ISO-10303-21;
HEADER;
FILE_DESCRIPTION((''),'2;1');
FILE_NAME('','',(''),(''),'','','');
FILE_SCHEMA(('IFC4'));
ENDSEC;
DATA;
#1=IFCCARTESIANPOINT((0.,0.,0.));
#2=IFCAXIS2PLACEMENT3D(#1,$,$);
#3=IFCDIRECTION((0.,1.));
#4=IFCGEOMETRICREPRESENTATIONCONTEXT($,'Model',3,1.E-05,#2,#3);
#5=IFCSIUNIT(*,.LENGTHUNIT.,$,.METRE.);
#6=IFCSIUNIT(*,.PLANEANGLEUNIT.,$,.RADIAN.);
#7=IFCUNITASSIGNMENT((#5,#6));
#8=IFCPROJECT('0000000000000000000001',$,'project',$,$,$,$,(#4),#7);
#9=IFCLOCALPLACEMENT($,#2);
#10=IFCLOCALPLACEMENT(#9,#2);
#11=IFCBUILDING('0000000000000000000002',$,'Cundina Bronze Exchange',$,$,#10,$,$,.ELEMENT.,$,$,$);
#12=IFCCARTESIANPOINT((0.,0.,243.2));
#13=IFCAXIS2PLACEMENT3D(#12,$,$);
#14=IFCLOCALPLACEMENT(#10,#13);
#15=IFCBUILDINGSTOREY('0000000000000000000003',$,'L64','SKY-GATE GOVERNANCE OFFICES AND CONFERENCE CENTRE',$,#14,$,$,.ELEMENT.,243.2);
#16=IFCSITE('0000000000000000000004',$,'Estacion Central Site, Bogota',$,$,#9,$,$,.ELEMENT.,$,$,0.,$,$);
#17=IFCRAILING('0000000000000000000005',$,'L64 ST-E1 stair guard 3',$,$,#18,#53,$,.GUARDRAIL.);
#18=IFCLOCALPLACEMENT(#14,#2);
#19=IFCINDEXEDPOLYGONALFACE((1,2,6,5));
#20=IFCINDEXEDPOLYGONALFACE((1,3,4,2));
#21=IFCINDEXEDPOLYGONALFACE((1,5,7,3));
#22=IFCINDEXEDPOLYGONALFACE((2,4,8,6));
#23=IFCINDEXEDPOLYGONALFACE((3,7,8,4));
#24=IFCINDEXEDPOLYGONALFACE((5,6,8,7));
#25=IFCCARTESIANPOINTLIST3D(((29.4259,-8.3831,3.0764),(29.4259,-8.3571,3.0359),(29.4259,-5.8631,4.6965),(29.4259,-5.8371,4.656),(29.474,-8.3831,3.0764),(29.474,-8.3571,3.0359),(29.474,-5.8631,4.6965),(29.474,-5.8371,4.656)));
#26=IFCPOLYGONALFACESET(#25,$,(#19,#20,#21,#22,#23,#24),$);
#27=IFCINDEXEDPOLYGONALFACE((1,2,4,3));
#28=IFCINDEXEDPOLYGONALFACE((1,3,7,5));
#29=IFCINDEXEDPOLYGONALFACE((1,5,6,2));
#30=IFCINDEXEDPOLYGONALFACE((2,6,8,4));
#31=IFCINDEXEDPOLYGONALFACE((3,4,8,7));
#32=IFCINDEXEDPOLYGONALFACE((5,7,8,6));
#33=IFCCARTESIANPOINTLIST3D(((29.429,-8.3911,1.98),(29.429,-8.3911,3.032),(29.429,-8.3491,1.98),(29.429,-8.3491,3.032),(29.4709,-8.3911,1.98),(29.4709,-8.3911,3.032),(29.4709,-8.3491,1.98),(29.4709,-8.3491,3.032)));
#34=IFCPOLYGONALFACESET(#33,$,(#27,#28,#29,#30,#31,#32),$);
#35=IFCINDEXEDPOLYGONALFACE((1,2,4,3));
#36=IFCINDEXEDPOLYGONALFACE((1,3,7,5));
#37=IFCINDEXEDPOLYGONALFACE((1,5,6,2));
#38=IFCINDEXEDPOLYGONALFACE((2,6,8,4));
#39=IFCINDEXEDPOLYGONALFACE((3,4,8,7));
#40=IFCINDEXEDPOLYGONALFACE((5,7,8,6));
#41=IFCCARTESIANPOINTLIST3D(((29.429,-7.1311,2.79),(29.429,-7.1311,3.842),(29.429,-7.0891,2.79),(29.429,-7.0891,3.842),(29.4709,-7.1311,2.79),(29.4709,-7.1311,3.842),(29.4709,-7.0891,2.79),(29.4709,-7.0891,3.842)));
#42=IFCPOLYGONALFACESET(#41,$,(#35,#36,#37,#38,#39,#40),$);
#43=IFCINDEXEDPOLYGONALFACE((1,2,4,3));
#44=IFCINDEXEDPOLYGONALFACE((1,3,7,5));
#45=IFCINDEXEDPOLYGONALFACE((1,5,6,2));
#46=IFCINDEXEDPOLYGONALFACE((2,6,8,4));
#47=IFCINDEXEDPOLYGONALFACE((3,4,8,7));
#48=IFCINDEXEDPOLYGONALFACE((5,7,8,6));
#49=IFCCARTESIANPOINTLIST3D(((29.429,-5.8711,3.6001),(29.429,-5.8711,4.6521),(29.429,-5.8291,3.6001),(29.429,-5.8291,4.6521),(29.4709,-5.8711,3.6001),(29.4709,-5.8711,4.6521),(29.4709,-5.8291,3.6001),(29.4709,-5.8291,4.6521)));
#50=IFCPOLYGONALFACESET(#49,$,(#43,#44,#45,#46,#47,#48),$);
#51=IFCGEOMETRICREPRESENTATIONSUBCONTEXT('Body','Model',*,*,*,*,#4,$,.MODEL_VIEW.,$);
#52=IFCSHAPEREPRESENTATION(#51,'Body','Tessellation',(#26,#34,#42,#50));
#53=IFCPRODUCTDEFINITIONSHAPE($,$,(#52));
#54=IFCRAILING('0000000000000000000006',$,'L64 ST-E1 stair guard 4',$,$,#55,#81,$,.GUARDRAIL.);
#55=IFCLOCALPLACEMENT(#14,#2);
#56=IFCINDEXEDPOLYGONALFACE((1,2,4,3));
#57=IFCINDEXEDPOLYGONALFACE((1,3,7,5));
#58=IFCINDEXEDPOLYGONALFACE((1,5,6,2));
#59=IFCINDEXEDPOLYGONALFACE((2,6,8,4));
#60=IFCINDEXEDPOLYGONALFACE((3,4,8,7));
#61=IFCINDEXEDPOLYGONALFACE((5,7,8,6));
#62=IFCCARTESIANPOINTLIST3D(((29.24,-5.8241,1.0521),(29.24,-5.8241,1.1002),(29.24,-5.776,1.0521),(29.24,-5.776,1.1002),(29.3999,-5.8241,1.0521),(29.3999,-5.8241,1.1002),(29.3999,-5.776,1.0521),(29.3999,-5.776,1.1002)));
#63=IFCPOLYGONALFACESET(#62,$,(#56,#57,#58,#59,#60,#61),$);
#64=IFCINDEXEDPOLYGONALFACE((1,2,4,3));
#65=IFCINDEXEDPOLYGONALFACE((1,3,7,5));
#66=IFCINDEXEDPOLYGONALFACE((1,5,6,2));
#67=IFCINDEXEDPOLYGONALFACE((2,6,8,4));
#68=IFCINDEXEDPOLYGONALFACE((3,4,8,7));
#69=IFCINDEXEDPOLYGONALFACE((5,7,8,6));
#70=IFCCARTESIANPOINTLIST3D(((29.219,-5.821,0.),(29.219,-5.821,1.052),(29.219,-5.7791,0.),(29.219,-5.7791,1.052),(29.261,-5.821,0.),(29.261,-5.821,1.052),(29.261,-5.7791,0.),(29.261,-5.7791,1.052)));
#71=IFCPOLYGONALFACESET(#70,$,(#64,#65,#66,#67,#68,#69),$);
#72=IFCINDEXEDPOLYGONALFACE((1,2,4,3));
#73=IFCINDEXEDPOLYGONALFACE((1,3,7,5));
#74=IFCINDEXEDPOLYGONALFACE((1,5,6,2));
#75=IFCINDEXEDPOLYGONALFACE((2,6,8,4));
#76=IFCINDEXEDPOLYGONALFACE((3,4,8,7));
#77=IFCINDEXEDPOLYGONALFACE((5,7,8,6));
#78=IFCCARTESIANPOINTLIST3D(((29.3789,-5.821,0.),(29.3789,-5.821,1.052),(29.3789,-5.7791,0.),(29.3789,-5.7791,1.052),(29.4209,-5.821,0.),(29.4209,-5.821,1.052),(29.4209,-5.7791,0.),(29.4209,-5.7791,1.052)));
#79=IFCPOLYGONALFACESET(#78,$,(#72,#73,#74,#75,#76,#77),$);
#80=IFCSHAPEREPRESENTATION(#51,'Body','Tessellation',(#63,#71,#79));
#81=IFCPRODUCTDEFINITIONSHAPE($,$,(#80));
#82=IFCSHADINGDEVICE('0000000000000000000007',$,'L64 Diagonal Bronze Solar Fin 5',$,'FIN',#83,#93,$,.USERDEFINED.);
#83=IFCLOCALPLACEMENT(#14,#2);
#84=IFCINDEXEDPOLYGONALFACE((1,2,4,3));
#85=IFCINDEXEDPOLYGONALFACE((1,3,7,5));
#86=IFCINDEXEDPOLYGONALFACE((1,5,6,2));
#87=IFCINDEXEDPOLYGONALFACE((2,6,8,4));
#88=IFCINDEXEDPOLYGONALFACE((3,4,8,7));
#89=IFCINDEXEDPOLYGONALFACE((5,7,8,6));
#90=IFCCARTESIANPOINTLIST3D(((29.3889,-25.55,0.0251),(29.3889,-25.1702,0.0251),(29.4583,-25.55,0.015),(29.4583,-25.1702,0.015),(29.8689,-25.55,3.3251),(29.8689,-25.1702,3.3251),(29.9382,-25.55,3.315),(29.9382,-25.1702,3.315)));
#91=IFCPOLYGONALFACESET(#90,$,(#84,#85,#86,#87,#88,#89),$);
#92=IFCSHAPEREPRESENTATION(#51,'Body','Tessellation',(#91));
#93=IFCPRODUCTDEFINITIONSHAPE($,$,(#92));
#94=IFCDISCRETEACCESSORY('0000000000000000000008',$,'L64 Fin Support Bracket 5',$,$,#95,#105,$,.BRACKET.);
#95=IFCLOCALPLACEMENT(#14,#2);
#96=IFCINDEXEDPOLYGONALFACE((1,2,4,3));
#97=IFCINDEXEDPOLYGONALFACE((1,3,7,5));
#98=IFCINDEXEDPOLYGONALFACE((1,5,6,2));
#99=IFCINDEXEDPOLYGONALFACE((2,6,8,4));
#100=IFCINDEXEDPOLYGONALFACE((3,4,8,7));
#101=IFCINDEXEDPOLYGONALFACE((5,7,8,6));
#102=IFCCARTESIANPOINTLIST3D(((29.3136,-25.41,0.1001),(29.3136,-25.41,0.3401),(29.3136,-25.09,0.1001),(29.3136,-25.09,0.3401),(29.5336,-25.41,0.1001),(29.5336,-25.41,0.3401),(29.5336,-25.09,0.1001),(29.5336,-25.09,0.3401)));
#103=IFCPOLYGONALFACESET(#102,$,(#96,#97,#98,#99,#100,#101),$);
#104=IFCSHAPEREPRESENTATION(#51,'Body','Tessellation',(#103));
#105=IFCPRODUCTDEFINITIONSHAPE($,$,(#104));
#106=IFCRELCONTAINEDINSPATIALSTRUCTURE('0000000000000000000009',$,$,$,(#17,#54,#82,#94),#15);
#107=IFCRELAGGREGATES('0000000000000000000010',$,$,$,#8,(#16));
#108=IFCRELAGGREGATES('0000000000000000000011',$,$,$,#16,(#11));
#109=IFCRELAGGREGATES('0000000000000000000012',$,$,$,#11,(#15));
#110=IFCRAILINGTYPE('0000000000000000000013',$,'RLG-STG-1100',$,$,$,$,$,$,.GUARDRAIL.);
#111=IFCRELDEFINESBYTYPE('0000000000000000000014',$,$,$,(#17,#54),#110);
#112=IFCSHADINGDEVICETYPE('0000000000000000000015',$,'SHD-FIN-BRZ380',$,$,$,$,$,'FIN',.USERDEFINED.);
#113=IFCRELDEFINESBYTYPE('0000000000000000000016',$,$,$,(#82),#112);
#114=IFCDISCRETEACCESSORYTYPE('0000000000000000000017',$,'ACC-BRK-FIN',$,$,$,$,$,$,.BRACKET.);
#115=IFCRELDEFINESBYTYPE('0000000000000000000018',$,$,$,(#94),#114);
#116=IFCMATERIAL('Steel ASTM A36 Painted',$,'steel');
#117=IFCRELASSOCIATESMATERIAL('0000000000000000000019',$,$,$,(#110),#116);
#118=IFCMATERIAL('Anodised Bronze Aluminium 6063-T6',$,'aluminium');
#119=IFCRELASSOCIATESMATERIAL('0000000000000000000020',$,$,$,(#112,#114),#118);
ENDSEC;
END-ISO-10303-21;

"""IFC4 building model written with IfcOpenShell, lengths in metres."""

from ifc_helpers import new_model, si_unit, direction, frame, origin, origin_2d, place, context, subcontext, project, spatial, rectangle, extrude, material, material_profile, profile_set, type_object, element, save


model = new_model("IFC4")

# Units and contexts
model_context = context("Model", 3, precision=1e-05, world=origin(), true_north=direction((0.0, 1.0)))
body_context = subcontext(model_context, "Body", "Model", "MODEL_VIEW")
ifc_project = project(units=[si_unit("LENGTHUNIT", "METRE"), si_unit("PLANEANGLEUNIT", "RADIAN")], contexts=[model_context])

# Site, building, storey
site_placement = place(None, origin())
site = spatial("IfcSite", under=ifc_project, at=site_placement, Name="Estacion Central Site, Bogota", CompositionType="ELEMENT", RefElevation=0.0)
building_placement = place(site_placement, origin())
building = spatial("IfcBuilding", under=site, at=building_placement, Name="Cundina Bronze Exchange", CompositionType="ELEMENT")
storey_placement = place(building_placement, frame((0.0, 0.0, 243.2)))
storey = spatial("IfcBuildingStorey", under=building, at=storey_placement, Name="L64", Description="SKY-GATE GOVERNANCE OFFICES AND CONFERENCE CENTRE", CompositionType="ELEMENT", Elevation=243.2)

# Shared definitions
ifc_material_1 = material(Name="Anodised Bronze Aluminium 6063-T6", Category="aluminium")

# Shared definitions
ifc_material_2 = material(Name="Steel ASTM A36 Painted", Category="steel")

# Railings
railing_type_1 = type_object("IfcRailingType", Name="RLG-STG-1100", PredefinedType="GUARDRAIL", material=ifc_material_2)
railing_1_placement = place(storey_placement, frame((29.45, -8.3701, 1.98)))
element("IfcRailing", 1, at=railing_1_placement, inside=storey, type_object=railing_type_1, Name="L64 ST-E1 stair guard 3", PredefinedType="GUARDRAIL", context=body_context, shape_type="SweptSolid", body=[
    extrude(rectangle(XDim=0.0481, YDim=0.0481, at=origin_2d()), frame((0.0, 0.0, 1.0762), z_axis=(0.0, 0.841163, 0.540782), x_axis=(-1.0, 0.0, 0.0)), (0.0, 0.0, 1.0), 2.9958),
    extrude(rectangle(XDim=0.042, YDim=0.042, at=origin_2d()), origin(), (0.0, 0.0, 1.0), 1.052),
    extrude(rectangle(XDim=0.042, YDim=0.042, at=origin_2d()), frame((0.0, 1.26, 0.8101)), (0.0, 0.0, 1.0), 1.052),
    extrude(rectangle(XDim=0.042, YDim=0.042, at=origin_2d()), frame((0.0, 2.52, 1.6201)), (0.0, 0.0, 1.0), 1.052),
])
railing_2_placement = place(storey_placement, frame((29.24, -5.8, 0.0)))
element("IfcRailing", 2, at=railing_2_placement, inside=storey, type_object=railing_type_1, Name="L64 ST-E1 stair guard 4", PredefinedType="GUARDRAIL", context=body_context, shape_type="SweptSolid", body=[
    extrude(rectangle(XDim=0.0481, YDim=0.0481, at=origin_2d()), frame((0.0, 0.0, 1.0762), z_axis=(1.0, 0.0, 0.0), x_axis=(0.0, 1.0, 0.0)), (0.0, 0.0, 1.0), 0.1599),
    extrude(rectangle(XDim=0.042, YDim=0.042, at=origin_2d()), origin(), (0.0, 0.0, 1.0), 1.052),
    extrude(rectangle(XDim=0.042, YDim=0.042, at=origin_2d()), frame((0.1599, 0.0, 0.0)), (0.0, 0.0, 1.0), 1.052),
])

# Shading device
ifc_material_profile_1 = material_profile(ifc_material_1, rectangle(XDim=0.0701, YDim=0.3799, at=origin_2d()), Name="FIN70X380", Category="aluminium")
ifc_profile_set_1 = profile_set([ifc_material_profile_1], Name="Anodised Bronze Aluminium 6063-T6")
shading_device_type = type_object("IfcShadingDeviceType", Name="SHD-FIN-BRZ380", ElementType="FIN", PredefinedType="USERDEFINED", material=ifc_profile_set_1)
shading_device_placement = place(storey_placement, frame((29.4236, -25.3601, 0.02), z_axis=(0.143932, 0.0, 0.989588), x_axis=(-0.989588, 0.0, 0.143932)))
element("IfcShadingDevice", 3, at=shading_device_placement, inside=storey, type_object=shading_device_type, Name="L64 Diagonal Bronze Solar Fin 5", ObjectType="FIN", PredefinedType="USERDEFINED", context=body_context, shape_type="SweptSolid", body=[
    extrude(rectangle(XDim=0.0701, YDim=0.3799, at=origin_2d()), origin(), (0.0, 0.0, 1.0), 3.3347),
])

# Discrete accessory
discrete_accessory_type = type_object("IfcDiscreteAccessoryType", Name="ACC-BRK-FIN", PredefinedType="BRACKET", material=ifc_material_1)
discrete_accessory_placement = place(storey_placement, frame((29.4236, -25.25, 0.1001), z_axis=(0.0, 0.0, 1.0), x_axis=(1.0, 0.0, 0.0)))
element("IfcDiscreteAccessory", 4, at=discrete_accessory_placement, inside=storey, type_object=discrete_accessory_type, Name="L64 Fin Support Bracket 5", PredefinedType="BRACKET", context=body_context, shape_type="SweptSolid", body=[
    extrude(rectangle(XDim=0.22, YDim=0.3201, at=origin_2d()), origin(), (0.0, 0.0, 1.0), 0.24),
])

save(model, "model.ifc")
